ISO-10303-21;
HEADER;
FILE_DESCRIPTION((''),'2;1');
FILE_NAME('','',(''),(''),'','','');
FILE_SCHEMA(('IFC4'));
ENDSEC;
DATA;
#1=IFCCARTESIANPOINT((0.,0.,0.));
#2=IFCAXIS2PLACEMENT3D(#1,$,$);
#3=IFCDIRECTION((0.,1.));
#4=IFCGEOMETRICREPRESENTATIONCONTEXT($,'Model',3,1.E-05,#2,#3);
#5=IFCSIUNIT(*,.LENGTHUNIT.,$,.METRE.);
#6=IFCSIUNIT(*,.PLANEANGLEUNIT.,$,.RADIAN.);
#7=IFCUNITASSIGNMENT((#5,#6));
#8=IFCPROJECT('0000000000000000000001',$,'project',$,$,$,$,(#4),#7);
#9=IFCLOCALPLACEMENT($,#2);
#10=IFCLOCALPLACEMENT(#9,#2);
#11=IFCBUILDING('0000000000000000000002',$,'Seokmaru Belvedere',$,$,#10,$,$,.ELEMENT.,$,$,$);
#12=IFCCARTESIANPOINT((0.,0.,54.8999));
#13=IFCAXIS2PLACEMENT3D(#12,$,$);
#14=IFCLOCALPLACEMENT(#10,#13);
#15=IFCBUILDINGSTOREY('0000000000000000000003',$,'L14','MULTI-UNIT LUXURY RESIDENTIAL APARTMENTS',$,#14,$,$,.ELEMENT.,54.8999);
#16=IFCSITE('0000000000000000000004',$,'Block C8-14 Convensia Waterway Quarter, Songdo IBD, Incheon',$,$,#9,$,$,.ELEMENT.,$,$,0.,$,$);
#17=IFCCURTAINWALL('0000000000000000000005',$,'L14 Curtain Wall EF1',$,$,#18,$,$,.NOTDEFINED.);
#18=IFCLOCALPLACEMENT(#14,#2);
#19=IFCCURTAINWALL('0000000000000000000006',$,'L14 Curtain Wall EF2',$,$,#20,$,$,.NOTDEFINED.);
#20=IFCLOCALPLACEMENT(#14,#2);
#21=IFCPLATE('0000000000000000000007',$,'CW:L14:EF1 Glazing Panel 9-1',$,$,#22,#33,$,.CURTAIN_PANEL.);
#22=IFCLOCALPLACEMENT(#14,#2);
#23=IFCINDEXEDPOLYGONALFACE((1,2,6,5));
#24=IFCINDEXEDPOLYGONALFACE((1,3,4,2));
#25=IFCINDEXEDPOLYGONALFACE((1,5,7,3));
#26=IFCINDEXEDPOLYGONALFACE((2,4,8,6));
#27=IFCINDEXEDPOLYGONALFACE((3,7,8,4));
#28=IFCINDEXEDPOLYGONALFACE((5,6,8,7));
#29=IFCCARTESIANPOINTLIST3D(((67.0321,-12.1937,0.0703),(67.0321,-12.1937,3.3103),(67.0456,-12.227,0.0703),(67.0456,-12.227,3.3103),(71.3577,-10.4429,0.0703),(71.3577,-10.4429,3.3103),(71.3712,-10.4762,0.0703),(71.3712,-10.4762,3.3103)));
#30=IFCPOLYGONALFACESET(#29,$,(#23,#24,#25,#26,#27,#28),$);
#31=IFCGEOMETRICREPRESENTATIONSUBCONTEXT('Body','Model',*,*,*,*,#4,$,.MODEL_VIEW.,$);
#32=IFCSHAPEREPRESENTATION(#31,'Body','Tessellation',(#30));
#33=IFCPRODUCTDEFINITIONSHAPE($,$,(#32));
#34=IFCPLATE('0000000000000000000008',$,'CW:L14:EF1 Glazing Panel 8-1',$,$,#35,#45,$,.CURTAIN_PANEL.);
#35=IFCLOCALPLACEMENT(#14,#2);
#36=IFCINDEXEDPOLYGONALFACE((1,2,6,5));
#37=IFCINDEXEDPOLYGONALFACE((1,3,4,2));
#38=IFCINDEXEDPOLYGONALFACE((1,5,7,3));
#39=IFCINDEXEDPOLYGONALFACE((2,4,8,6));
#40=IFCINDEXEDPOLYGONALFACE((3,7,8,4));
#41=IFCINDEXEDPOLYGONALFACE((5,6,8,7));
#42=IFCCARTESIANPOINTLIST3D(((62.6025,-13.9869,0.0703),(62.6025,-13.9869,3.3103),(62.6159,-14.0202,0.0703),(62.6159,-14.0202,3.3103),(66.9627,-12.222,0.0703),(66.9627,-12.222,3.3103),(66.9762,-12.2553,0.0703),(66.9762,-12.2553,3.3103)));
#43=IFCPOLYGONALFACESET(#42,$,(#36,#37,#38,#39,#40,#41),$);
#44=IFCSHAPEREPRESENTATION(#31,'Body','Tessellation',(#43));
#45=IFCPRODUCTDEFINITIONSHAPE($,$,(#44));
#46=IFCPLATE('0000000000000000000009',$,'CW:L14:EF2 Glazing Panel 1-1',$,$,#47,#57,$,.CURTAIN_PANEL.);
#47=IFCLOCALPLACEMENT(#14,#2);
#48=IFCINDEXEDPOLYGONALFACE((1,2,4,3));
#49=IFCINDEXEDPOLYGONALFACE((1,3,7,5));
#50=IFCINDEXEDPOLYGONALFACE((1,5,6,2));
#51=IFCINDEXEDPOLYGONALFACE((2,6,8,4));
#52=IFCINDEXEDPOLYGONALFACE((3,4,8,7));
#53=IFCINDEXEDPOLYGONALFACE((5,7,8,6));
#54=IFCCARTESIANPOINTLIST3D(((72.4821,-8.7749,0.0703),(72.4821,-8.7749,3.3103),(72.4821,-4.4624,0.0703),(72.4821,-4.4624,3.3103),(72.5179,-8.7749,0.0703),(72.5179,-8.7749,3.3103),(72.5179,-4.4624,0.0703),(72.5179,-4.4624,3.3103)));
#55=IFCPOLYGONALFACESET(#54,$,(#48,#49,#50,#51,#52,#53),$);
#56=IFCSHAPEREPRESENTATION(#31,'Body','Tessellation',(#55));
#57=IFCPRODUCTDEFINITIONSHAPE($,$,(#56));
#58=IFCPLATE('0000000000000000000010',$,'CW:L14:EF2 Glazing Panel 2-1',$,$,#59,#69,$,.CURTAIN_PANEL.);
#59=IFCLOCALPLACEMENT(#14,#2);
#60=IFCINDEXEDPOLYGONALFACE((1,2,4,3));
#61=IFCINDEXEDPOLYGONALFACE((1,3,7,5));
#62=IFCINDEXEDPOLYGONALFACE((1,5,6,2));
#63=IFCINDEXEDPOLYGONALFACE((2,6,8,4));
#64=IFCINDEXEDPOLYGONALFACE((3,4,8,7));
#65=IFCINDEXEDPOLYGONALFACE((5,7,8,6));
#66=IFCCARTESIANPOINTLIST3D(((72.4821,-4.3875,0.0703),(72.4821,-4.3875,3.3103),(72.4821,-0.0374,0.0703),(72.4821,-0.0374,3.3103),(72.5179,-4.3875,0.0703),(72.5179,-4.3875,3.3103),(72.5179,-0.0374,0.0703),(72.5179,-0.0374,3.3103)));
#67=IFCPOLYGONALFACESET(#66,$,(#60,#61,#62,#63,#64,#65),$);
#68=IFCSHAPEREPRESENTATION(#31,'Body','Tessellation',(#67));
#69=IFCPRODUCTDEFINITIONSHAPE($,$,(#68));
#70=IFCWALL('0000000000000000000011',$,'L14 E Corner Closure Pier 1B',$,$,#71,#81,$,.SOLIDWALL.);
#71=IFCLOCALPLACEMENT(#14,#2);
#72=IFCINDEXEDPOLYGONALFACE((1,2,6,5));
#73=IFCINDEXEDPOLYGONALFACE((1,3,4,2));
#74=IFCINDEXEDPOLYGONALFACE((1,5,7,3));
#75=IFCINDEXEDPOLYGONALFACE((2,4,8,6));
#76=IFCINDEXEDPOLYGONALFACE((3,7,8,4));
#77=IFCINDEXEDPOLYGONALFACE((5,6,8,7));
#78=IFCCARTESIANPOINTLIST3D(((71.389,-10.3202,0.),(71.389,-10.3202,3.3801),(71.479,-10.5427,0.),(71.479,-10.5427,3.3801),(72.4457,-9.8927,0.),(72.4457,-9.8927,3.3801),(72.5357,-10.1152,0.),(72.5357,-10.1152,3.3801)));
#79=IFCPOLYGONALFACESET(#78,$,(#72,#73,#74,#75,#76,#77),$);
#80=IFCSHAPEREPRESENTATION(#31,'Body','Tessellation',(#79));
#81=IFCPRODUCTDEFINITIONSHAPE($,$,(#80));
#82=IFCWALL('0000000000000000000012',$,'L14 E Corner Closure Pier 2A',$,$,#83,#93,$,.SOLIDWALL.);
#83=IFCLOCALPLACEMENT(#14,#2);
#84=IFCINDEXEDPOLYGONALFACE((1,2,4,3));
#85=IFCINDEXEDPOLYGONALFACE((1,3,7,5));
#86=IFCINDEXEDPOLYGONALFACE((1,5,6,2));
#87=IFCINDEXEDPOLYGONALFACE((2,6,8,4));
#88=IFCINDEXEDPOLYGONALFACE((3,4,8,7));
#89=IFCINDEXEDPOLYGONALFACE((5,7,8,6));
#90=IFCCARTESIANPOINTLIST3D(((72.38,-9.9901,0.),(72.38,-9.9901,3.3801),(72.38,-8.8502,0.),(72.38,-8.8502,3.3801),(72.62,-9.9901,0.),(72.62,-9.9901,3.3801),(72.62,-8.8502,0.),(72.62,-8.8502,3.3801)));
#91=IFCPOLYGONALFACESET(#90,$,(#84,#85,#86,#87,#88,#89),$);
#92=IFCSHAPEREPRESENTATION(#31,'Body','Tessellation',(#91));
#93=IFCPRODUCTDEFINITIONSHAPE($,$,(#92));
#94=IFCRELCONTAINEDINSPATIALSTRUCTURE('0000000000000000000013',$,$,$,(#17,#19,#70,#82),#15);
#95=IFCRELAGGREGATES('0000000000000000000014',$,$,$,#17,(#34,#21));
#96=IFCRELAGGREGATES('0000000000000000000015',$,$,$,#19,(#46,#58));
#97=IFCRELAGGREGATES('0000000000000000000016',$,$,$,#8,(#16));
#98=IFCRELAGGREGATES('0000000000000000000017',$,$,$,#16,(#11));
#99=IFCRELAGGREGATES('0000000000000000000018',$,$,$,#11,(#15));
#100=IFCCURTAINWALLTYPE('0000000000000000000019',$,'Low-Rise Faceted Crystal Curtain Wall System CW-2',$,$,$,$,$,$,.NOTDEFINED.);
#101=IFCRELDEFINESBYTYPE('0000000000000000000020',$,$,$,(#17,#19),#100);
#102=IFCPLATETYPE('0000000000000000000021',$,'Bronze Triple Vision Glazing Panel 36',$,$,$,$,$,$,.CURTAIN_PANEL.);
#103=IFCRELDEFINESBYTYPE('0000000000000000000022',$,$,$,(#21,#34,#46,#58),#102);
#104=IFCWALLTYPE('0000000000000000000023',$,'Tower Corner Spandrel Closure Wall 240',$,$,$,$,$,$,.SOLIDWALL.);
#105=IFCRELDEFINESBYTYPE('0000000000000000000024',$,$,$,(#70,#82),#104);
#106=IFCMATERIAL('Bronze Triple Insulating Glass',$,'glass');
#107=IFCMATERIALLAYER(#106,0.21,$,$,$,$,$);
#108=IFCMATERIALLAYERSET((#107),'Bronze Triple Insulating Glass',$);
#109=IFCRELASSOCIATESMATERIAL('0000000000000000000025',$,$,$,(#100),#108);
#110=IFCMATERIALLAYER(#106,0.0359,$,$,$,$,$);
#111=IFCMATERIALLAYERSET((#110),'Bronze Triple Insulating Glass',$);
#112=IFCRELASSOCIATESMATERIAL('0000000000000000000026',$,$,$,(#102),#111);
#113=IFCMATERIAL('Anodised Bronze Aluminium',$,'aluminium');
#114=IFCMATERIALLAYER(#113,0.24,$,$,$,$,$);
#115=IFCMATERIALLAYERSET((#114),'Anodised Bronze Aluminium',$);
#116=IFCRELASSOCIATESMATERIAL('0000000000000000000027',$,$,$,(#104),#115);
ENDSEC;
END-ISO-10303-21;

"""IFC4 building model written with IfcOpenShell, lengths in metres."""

from ifc_helpers import new_model, si_unit, direction, frame, frame_2d, origin, origin_2d, place, context, subcontext, project, spatial, rectangle, extrude, source, transform, mapped, material, layer, layer_set, type_object, type_shapes, element, aggregate, save


model = new_model("IFC4")

# Units and contexts
model_context = context("Model", 3, precision=1e-05, world=origin(), true_north=direction((0.0, 1.0)))
body_context = subcontext(model_context, "Body", "Model", "MODEL_VIEW")
ifc_project = project(units=[si_unit("LENGTHUNIT", "METRE"), si_unit("PLANEANGLEUNIT", "RADIAN")], contexts=[model_context])

# Site, building, storey
site_placement = place(None, origin())
site = spatial("IfcSite", under=ifc_project, at=site_placement, Name="Block C8-14 Convensia Waterway Quarter, Songdo IBD, Incheon", CompositionType="ELEMENT", RefElevation=0.0)
building_placement = place(site_placement, origin())
building = spatial("IfcBuilding", under=site, at=building_placement, Name="Seokmaru Belvedere", CompositionType="ELEMENT")
storey_placement = place(building_placement, frame((0.0, 0.0, 54.8999)))
storey = spatial("IfcBuildingStorey", under=building, at=storey_placement, Name="L14", Description="MULTI-UNIT LUXURY RESIDENTIAL APARTMENTS", CompositionType="ELEMENT", Elevation=54.8999)

# Curtain walls
ifc_material_1 = material(Name="Bronze Triple Insulating Glass", Category="glass")
ifc_layer_1 = layer(ifc_material_1, 0.21)
ifc_layer_set_1 = layer_set([ifc_layer_1], Name="Bronze Triple Insulating Glass")
curtain_wall_type = type_object("IfcCurtainWallType", Name="Low-Rise Faceted Crystal Curtain Wall System CW-2", PredefinedType="NOTDEFINED", material=ifc_layer_set_1)
curtain_wall_1_placement = place(storey_placement, origin())
curtain_wall_1 = element("IfcCurtainWall", 1, at=curtain_wall_1_placement, inside=storey, type_object=curtain_wall_type, Name="L14 Curtain Wall EF1", PredefinedType="NOTDEFINED")
ifc_material_2 = material(Name="Anodised Bronze Aluminium", Category="aluminium")
curtain_wall_2_placement = place(storey_placement, origin())
curtain_wall_2 = element("IfcCurtainWall", 2, at=curtain_wall_2_placement, inside=storey, type_object=curtain_wall_type, Name="L14 Curtain Wall EF2", PredefinedType="NOTDEFINED")

# Plates
ifc_layer_2 = layer(ifc_material_1, 0.0359)
ifc_layer_set_2 = layer_set([ifc_layer_2], Name="Bronze Triple Insulating Glass")
plate_type = type_object("IfcPlateType", Name="Bronze Triple Vision Glazing Panel 36", PredefinedType="CURTAIN_PANEL", material=ifc_layer_set_2)
shared_shape_1 = source(origin(), body_context, "Body", "SweptSolid", [
    extrude(rectangle(XDim=4.6665, YDim=0.0359, at=origin_2d()), origin(), (0.0, 0.0, 1.0), 3.24),
])
plate_1_placement = place(storey_placement, frame((69.2017, -11.335, 0.0703), z_axis=(0.0, 0.0, 1.0), x_axis=(0.926947, 0.375192, 0.0)))
plate_1 = element("IfcPlate", 3, at=plate_1_placement, type_object=plate_type, Name="CW:L14:EF1 Glazing Panel 9-1", PredefinedType="CURTAIN_PANEL", context=body_context, shape_type="MappedRepresentation", body=[
    mapped(shared_shape_1, transform((0.0, 0.0, 0.0), scale=1.0)),
])
shared_shape_2 = source(origin(), body_context, "Body", "SweptSolid", [
    extrude(rectangle(XDim=4.7039, YDim=0.0359, at=origin_2d()), origin(), (0.0, 0.0, 1.0), 3.24),
])
plate_2_placement = place(storey_placement, frame((64.7893, -13.1211, 0.0703), z_axis=(0.0, 0.0, 1.0), x_axis=(0.926947, 0.375192, 0.0)))
plate_2 = element("IfcPlate", 4, at=plate_2_placement, type_object=plate_type, Name="CW:L14:EF1 Glazing Panel 8-1", PredefinedType="CURTAIN_PANEL", context=body_context, shape_type="MappedRepresentation", body=[
    mapped(shared_shape_2, transform((0.0, 0.0, 0.0), scale=1.0)),
])
aggregate(curtain_wall_1, [plate_2, plate_1])
shared_shape_3 = source(origin(), body_context, "Body", "SweptSolid", [
    extrude(rectangle(XDim=4.3125, YDim=0.0359, at=origin_2d()), origin(), (0.0, 0.0, 1.0), 3.24),
])
plate_3_placement = place(storey_placement, frame((72.5, -6.6187, 0.0703), z_axis=(0.0, 0.0, 1.0), x_axis=(0.0, 1.0, 0.0)))
plate_3 = element("IfcPlate", 5, at=plate_3_placement, type_object=plate_type, Name="CW:L14:EF2 Glazing Panel 1-1", PredefinedType="CURTAIN_PANEL", context=body_context, shape_type="MappedRepresentation", body=[
    mapped(shared_shape_3, transform((0.0, 0.0, 0.0), scale=1.0)),
])
shared_shape_4 = source(origin(), body_context, "Body", "SweptSolid", [
    extrude(rectangle(XDim=4.3501, YDim=0.0359, at=origin_2d()), origin(), (0.0, 0.0, 1.0), 3.24),
])
type_shapes(plate_type, [shared_shape_1, shared_shape_2, shared_shape_3, shared_shape_4])
plate_4_placement = place(storey_placement, frame((72.5, -2.2124, 0.0703), z_axis=(0.0, 0.0, 1.0), x_axis=(0.0, 1.0, 0.0)))
plate_4 = element("IfcPlate", 6, at=plate_4_placement, type_object=plate_type, Name="CW:L14:EF2 Glazing Panel 2-1", PredefinedType="CURTAIN_PANEL", context=body_context, shape_type="MappedRepresentation", body=[
    mapped(shared_shape_4, transform((0.0, 0.0, 0.0), scale=1.0)),
])
aggregate(curtain_wall_2, [plate_3, plate_4])

# Walls
ifc_layer_3 = layer(ifc_material_2, 0.24)
ifc_layer_set_3 = layer_set([ifc_layer_3], Name="Anodised Bronze Aluminium")
wall_type = type_object("IfcWallType", Name="Tower Corner Spandrel Closure Wall 240", PredefinedType="SOLIDWALL", material=ifc_layer_set_3)
for number, where, z_axis, x_axis, name in (
    (7, (71.4341, -10.4314, 0.0), (0.0, 0.0, 1.0), (0.927007, 0.375044, 0.0), "L14 E Corner Closure Pier 1B"),
    (8, (72.5, -9.99, 0.0), (0.0, 0.0, 1.0), (0.0, 1.0, 0.0), "L14 E Corner Closure Pier 2A"),
):
    element("IfcWall", number, at=place(storey_placement, frame(where, z_axis=z_axis, x_axis=x_axis)), inside=storey, type_object=wall_type, Name=name, PredefinedType="SOLIDWALL", context=body_context, shape_type="SweptSolid", body=[
        extrude(rectangle(XDim=1.1399, YDim=0.24, at=frame_2d((0.5698, 0.0))), origin(), (0.0, 0.0, 1.0), 3.3801),
    ])

save(model, "model.ifc")
